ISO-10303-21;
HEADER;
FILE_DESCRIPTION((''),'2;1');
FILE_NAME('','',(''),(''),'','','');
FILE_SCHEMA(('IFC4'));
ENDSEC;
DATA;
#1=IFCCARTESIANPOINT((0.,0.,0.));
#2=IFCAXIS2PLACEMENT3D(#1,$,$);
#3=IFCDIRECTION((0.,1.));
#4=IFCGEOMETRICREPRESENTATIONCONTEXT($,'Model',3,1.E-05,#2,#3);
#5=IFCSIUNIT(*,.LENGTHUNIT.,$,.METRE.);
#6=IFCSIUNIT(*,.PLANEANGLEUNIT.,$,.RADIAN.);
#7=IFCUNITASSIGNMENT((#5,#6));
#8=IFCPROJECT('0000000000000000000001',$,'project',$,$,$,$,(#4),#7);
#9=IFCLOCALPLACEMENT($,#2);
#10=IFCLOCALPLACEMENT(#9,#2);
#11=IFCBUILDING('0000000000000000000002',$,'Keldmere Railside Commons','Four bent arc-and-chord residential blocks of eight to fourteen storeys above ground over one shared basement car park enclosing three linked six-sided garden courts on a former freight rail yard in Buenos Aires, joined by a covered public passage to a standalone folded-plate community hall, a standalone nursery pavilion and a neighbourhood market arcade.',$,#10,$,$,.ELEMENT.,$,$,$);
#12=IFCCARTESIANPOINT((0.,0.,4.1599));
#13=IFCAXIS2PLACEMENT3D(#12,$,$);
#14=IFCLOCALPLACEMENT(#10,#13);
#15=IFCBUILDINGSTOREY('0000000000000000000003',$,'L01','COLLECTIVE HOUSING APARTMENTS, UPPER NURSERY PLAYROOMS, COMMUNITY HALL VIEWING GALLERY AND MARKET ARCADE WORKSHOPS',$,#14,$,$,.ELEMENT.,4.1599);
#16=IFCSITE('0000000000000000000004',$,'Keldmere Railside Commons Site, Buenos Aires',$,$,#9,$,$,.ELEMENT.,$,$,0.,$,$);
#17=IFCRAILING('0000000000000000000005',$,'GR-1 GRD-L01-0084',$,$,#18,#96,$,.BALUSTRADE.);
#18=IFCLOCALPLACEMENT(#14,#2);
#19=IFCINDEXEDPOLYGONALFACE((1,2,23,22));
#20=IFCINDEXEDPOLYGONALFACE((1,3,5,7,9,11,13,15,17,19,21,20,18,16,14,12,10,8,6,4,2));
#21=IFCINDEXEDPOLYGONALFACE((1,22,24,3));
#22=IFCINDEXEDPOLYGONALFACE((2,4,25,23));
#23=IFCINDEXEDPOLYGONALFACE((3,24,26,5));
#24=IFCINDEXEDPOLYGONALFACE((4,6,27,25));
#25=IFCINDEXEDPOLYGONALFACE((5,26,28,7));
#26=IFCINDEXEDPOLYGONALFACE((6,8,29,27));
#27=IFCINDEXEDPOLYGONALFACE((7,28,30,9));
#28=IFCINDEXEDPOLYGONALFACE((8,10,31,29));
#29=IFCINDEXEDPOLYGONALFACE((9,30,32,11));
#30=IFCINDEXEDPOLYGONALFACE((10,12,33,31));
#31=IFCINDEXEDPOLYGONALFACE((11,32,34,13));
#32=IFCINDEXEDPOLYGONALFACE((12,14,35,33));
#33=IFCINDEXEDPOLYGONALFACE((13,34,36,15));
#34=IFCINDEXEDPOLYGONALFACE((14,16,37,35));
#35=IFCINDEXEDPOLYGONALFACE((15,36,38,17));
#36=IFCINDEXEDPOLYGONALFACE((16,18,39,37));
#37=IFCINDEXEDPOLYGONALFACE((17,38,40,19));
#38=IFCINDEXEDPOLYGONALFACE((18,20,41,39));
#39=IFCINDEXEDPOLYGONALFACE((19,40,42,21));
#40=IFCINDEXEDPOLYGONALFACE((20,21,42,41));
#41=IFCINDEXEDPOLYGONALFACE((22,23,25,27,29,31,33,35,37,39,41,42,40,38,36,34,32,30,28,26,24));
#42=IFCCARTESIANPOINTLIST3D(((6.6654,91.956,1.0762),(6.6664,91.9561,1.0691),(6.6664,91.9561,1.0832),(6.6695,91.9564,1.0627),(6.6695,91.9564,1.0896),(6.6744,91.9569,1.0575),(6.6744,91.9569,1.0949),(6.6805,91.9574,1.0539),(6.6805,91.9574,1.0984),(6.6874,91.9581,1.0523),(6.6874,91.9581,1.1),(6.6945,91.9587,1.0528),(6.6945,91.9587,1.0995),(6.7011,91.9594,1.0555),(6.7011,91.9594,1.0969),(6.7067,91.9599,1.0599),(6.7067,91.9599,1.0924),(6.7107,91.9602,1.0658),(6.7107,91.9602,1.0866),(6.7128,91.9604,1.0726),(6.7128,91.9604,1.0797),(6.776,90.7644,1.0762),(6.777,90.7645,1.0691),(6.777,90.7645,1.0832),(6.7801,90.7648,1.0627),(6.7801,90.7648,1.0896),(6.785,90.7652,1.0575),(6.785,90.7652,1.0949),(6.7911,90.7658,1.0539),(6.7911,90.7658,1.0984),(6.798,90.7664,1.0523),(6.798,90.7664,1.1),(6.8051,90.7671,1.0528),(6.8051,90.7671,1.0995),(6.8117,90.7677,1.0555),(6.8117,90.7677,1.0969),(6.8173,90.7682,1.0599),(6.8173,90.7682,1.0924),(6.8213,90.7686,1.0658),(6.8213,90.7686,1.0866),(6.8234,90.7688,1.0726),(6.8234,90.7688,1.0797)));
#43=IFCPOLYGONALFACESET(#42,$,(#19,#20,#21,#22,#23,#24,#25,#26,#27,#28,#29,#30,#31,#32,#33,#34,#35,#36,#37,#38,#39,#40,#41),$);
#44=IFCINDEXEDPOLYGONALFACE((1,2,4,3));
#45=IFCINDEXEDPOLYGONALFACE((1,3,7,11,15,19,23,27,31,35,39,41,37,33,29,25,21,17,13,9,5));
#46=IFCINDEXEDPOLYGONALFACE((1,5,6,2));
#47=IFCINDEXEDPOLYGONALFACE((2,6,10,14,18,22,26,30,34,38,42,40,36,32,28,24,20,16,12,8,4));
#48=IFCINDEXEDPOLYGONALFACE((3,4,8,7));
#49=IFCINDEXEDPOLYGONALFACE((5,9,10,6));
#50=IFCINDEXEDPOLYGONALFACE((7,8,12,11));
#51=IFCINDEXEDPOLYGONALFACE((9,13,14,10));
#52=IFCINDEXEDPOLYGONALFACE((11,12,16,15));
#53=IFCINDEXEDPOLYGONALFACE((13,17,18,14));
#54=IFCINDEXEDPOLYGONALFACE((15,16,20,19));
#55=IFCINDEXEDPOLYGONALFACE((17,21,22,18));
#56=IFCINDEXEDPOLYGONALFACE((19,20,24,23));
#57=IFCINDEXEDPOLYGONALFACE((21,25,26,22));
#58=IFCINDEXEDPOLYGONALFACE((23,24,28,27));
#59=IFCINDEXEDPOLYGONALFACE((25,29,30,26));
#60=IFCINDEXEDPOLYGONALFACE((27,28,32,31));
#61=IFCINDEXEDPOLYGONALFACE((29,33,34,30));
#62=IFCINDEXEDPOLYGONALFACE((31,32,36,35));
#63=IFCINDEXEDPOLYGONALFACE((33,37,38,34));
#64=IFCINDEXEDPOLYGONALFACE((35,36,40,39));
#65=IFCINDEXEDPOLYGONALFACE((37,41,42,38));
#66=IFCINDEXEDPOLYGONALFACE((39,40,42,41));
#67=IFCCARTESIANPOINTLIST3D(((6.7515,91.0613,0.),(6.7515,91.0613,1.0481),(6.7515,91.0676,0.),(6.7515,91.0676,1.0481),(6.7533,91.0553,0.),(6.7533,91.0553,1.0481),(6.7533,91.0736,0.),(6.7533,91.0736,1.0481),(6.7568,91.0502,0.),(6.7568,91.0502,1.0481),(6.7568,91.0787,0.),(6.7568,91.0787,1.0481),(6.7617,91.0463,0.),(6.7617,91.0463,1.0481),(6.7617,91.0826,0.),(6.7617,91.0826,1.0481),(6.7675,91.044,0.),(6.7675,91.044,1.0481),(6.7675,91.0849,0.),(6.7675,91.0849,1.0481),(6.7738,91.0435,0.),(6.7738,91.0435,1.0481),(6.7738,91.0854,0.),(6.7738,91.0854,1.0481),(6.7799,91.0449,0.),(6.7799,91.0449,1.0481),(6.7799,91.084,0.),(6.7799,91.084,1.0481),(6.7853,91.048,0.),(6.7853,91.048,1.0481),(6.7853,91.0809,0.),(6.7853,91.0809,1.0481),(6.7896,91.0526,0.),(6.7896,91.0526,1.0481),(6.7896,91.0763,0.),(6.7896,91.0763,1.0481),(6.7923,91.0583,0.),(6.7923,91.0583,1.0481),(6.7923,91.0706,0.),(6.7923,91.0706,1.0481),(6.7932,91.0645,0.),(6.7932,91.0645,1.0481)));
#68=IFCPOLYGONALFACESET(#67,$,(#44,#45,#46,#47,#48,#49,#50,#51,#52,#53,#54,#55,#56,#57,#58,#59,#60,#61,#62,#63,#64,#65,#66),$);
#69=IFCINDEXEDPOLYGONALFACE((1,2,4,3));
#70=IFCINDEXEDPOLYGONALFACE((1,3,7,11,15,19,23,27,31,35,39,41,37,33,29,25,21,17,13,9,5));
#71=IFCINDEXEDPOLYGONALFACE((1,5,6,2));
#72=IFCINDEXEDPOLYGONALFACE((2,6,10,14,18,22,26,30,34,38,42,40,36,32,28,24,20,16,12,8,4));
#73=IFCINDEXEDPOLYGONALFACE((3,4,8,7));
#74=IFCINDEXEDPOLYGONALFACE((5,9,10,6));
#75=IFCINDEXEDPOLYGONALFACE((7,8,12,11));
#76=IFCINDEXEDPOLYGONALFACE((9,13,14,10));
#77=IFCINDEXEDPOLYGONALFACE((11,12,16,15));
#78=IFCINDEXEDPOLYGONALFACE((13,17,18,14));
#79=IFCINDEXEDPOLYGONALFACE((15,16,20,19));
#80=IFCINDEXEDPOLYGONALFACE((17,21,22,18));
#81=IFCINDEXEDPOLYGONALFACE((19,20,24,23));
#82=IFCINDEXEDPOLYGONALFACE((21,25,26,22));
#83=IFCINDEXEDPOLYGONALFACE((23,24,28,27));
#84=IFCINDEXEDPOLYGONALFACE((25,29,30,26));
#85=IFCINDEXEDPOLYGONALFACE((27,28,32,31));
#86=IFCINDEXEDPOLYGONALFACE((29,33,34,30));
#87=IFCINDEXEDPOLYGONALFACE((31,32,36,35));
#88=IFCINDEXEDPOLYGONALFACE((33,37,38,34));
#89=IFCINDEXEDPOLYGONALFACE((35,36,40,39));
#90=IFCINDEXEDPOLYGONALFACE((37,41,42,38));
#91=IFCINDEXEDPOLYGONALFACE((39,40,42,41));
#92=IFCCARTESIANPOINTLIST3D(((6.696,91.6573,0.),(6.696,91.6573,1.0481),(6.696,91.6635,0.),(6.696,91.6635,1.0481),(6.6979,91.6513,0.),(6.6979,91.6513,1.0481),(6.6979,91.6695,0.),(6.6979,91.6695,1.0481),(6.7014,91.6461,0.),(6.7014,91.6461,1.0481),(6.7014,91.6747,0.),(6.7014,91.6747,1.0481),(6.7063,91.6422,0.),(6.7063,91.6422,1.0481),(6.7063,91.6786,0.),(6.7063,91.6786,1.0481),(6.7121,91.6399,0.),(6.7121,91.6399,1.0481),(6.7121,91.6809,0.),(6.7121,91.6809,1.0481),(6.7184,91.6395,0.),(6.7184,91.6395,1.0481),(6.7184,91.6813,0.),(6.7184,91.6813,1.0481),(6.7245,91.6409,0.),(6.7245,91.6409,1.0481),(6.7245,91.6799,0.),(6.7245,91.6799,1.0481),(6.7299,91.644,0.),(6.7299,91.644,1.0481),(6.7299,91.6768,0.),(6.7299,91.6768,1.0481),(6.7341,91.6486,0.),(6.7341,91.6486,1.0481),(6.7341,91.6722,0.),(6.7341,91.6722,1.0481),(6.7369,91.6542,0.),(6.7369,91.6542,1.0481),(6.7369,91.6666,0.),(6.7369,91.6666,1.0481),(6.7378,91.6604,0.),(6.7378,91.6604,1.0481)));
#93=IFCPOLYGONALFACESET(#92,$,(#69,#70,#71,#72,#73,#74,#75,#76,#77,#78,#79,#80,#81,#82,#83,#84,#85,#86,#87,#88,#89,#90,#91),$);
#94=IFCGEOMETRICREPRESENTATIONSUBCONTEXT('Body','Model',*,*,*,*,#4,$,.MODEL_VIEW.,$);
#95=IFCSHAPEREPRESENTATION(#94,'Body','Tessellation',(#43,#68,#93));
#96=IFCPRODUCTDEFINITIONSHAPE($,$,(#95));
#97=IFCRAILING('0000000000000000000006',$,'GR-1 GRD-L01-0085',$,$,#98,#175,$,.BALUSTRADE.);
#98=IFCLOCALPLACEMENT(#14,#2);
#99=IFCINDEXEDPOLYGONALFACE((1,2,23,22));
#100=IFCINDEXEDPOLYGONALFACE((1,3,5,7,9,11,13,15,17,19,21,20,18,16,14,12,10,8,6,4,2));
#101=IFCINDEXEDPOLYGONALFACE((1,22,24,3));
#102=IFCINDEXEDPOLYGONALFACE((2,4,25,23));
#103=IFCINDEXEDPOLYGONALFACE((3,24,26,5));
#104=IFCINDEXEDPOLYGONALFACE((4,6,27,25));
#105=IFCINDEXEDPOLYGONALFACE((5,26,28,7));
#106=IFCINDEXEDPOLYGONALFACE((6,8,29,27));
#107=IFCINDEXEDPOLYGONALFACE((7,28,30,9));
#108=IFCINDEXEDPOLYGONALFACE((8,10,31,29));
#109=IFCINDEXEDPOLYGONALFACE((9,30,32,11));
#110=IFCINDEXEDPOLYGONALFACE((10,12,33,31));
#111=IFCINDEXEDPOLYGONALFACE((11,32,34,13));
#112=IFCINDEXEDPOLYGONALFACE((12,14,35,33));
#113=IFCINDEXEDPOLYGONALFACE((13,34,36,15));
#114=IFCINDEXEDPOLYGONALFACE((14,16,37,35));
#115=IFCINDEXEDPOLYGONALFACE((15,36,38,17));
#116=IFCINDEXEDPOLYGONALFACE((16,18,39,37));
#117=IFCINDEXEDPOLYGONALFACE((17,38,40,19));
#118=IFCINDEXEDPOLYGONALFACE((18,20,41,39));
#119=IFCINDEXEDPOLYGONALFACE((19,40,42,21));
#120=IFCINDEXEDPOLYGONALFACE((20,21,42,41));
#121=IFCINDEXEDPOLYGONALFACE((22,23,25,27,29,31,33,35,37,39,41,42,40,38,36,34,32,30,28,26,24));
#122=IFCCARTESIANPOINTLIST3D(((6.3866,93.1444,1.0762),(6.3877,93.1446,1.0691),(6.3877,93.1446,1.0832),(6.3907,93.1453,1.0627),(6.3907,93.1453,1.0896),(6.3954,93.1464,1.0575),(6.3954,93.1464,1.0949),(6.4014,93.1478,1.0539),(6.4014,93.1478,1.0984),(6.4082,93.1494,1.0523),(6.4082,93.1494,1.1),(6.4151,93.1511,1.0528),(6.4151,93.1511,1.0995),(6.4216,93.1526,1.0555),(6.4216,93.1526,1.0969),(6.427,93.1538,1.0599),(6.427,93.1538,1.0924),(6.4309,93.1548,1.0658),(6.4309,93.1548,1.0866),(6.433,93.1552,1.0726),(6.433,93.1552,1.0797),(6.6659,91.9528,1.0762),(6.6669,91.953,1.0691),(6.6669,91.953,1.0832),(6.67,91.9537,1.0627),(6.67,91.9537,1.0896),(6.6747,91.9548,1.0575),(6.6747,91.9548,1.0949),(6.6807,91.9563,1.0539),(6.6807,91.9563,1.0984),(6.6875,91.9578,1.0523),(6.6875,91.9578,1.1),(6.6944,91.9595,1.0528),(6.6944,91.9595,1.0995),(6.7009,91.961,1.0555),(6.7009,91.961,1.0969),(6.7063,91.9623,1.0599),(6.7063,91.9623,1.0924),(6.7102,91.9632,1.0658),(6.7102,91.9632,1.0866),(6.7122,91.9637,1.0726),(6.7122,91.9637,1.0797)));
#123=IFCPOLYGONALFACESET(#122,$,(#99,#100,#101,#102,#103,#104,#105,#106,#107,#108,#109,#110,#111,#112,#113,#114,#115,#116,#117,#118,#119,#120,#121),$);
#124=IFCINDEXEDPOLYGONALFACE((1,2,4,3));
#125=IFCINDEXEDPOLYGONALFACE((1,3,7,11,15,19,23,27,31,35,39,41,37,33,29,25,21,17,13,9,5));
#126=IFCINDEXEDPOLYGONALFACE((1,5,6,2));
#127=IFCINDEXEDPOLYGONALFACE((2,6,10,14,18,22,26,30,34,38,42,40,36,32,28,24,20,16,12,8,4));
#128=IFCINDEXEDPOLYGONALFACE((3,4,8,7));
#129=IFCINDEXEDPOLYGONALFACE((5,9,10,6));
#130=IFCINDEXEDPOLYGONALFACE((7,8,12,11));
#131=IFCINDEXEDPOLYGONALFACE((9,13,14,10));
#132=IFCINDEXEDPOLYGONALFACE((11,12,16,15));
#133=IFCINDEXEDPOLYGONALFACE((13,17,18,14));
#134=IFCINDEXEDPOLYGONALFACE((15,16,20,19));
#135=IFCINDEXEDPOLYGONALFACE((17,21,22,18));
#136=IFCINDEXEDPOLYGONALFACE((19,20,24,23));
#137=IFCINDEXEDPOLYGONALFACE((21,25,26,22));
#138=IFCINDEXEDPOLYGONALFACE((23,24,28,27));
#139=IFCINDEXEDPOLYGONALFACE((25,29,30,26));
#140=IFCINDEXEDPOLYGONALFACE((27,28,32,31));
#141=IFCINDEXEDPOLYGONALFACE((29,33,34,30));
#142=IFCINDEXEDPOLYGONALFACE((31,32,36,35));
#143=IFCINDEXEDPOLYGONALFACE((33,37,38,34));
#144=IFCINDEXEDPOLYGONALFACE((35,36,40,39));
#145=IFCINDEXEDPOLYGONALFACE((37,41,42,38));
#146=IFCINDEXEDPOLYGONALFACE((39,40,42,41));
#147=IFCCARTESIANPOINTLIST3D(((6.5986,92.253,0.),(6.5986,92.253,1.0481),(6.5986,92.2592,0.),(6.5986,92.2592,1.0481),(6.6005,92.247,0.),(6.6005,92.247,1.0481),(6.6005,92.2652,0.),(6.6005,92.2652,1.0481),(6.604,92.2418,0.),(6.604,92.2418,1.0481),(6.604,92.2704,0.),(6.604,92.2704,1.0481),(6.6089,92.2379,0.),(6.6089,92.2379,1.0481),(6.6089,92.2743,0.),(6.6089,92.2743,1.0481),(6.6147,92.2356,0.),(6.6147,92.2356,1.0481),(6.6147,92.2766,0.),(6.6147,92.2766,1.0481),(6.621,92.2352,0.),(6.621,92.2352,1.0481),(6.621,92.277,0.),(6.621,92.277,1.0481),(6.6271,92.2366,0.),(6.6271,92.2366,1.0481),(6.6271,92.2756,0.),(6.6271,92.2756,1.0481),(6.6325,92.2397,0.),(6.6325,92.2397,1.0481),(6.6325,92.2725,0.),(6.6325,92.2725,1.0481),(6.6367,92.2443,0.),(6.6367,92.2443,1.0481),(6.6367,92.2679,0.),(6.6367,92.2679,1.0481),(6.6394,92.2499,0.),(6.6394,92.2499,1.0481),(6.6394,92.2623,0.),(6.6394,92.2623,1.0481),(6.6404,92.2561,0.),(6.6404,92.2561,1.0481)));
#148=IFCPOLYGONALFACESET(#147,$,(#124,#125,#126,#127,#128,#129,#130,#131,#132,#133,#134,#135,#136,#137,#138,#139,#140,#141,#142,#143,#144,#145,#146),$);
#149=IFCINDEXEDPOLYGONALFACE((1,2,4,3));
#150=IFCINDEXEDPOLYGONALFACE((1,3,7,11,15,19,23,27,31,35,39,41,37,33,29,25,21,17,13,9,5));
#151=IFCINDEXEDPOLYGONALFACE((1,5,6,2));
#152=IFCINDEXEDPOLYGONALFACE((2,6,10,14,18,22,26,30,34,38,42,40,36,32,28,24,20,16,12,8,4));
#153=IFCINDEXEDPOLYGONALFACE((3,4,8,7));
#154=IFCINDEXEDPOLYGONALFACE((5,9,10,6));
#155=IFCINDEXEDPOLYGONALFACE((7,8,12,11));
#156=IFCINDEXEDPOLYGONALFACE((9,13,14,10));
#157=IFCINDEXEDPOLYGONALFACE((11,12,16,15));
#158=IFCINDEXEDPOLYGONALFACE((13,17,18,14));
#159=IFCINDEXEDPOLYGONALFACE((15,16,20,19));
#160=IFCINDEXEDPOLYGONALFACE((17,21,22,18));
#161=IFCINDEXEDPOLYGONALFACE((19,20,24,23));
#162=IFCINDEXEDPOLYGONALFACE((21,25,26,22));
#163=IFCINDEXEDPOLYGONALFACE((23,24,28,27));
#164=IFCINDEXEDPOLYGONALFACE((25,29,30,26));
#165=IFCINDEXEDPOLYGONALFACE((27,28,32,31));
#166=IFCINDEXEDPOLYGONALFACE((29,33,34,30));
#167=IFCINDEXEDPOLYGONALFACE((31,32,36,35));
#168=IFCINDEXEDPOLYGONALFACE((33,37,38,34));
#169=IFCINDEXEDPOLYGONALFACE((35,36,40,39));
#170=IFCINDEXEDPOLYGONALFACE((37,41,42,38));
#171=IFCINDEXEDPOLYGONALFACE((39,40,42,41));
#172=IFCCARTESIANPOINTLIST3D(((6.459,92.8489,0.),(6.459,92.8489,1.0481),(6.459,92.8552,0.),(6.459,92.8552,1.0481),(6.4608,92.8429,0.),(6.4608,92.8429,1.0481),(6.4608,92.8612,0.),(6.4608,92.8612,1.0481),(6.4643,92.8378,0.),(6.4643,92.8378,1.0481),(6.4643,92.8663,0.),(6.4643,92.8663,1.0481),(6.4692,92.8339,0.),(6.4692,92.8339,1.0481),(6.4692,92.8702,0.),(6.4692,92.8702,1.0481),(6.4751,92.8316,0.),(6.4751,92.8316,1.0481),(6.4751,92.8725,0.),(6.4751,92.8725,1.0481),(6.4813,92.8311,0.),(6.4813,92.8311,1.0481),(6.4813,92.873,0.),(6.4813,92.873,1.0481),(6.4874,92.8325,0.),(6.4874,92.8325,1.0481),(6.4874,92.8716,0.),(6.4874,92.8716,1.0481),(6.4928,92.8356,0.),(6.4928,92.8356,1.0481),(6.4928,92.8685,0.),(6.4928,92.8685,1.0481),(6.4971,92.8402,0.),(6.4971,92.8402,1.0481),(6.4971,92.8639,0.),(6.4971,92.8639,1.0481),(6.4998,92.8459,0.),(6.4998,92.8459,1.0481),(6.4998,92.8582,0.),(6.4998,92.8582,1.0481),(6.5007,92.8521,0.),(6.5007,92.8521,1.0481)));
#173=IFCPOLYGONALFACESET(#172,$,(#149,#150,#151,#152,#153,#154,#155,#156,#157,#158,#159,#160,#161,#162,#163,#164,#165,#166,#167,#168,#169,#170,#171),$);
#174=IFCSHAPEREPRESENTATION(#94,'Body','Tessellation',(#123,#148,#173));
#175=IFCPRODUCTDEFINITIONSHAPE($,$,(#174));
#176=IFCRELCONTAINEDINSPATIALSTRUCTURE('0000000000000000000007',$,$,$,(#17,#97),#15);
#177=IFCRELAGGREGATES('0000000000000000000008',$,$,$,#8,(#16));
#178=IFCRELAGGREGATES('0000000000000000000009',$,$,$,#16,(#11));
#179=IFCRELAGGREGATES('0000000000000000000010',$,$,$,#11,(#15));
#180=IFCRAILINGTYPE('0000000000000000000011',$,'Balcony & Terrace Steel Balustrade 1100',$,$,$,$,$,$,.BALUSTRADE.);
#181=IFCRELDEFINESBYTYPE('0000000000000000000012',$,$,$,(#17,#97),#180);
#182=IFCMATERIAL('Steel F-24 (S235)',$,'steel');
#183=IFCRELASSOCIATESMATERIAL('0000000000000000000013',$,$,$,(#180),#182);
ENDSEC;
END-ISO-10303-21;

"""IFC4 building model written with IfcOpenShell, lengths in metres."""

from ifc_helpers import new_model, si_unit, direction, frame, origin, origin_2d, place, context, subcontext, project, spatial, circle, extrude, material, type_object, element, save


model = new_model("IFC4")

# Units and contexts
model_context = context("Model", 3, precision=1e-05, world=origin(), true_north=direction((0.0, 1.0)))
body_context = subcontext(model_context, "Body", "Model", "MODEL_VIEW")
ifc_project = project(units=[si_unit("LENGTHUNIT", "METRE"), si_unit("PLANEANGLEUNIT", "RADIAN")], contexts=[model_context])

# Site, building, storey
site_placement = place(None, origin())
site = spatial("IfcSite", under=ifc_project, at=site_placement, Name="Keldmere Railside Commons Site, Buenos Aires", CompositionType="ELEMENT", RefElevation=0.0)
building_placement = place(site_placement, origin())
building = spatial("IfcBuilding", under=site, at=building_placement, Name="Keldmere Railside Commons", Description="Four bent arc-and-chord residential blocks of eight to fourteen storeys above ground over one shared basement car park enclosing three linked six-sided garden courts on a former freight rail yard in Buenos Aires, joined by a covered public passage to a standalone folded-plate community hall, a standalone nursery pavilion and a neighbourhood market arcade.", CompositionType="ELEMENT")
storey_placement = place(building_placement, frame((0.0, 0.0, 4.1599)))
storey = spatial("IfcBuildingStorey", under=building, at=storey_placement, Name="L01", Description="COLLECTIVE HOUSING APARTMENTS, UPPER NURSERY PLAYROOMS, COMMUNITY HALL VIEWING GALLERY AND MARKET ARCADE WORKSHOPS", CompositionType="ELEMENT", Elevation=4.1599)

# Railings
ifc_material_1 = material(Name="Steel F-24 (S235)", Category="steel")
railing_type = type_object("IfcRailingType", Name="Balcony & Terrace Steel Balustrade 1100", PredefinedType="BALUSTRADE", material=ifc_material_1)
railing_1_placement = place(storey_placement, frame((6.7998, 90.7666, 0.0)))
element("IfcRailing", 1, at=railing_1_placement, inside=storey, type_object=railing_type, Name="GR-1 GRD-L01-0084", PredefinedType="BALUSTRADE", context=body_context, shape_type="SweptSolid", body=[
    extrude(circle(Radius=0.0239, at=origin_2d()), frame((0.0, 0.0, 1.0762), z_axis=(-0.092412, 0.995721, 0.0), x_axis=(-0.995721, -0.092412, 0.0)), (0.0, 0.0, 1.0), 1.1968),
    extrude(circle(Radius=0.021, at=origin_2d()), frame((-0.0276, 0.2979, 0.0)), (0.0, 0.0, 1.0), 1.0481),
    extrude(circle(Radius=0.021, at=origin_2d()), frame((-0.083, 0.8938, 0.0)), (0.0, 0.0, 1.0), 1.0481),
])
railing_2_placement = place(storey_placement, frame((6.6892, 91.9583, 0.0)))
element("IfcRailing", 2, at=railing_2_placement, inside=storey, type_object=railing_type, Name="GR-1 GRD-L01-0085", PredefinedType="BALUSTRADE", context=body_context, shape_type="SweptSolid", body=[
    extrude(circle(Radius=0.0239, at=origin_2d()), frame((0.0, 0.0, 1.0762), z_axis=(-0.228194, 0.973616, 0.0), x_axis=(-0.973616, -0.228194, 0.0)), (0.0, 0.0, 1.0), 1.2239),
    extrude(circle(Radius=0.021, at=origin_2d()), frame((-0.0698, 0.2979, 0.0)), (0.0, 0.0, 1.0), 1.0481),
    extrude(circle(Radius=0.021, at=origin_2d()), frame((-0.2095, 0.8938, 0.0)), (0.0, 0.0, 1.0), 1.0481),
])

save(model, "model.ifc")
